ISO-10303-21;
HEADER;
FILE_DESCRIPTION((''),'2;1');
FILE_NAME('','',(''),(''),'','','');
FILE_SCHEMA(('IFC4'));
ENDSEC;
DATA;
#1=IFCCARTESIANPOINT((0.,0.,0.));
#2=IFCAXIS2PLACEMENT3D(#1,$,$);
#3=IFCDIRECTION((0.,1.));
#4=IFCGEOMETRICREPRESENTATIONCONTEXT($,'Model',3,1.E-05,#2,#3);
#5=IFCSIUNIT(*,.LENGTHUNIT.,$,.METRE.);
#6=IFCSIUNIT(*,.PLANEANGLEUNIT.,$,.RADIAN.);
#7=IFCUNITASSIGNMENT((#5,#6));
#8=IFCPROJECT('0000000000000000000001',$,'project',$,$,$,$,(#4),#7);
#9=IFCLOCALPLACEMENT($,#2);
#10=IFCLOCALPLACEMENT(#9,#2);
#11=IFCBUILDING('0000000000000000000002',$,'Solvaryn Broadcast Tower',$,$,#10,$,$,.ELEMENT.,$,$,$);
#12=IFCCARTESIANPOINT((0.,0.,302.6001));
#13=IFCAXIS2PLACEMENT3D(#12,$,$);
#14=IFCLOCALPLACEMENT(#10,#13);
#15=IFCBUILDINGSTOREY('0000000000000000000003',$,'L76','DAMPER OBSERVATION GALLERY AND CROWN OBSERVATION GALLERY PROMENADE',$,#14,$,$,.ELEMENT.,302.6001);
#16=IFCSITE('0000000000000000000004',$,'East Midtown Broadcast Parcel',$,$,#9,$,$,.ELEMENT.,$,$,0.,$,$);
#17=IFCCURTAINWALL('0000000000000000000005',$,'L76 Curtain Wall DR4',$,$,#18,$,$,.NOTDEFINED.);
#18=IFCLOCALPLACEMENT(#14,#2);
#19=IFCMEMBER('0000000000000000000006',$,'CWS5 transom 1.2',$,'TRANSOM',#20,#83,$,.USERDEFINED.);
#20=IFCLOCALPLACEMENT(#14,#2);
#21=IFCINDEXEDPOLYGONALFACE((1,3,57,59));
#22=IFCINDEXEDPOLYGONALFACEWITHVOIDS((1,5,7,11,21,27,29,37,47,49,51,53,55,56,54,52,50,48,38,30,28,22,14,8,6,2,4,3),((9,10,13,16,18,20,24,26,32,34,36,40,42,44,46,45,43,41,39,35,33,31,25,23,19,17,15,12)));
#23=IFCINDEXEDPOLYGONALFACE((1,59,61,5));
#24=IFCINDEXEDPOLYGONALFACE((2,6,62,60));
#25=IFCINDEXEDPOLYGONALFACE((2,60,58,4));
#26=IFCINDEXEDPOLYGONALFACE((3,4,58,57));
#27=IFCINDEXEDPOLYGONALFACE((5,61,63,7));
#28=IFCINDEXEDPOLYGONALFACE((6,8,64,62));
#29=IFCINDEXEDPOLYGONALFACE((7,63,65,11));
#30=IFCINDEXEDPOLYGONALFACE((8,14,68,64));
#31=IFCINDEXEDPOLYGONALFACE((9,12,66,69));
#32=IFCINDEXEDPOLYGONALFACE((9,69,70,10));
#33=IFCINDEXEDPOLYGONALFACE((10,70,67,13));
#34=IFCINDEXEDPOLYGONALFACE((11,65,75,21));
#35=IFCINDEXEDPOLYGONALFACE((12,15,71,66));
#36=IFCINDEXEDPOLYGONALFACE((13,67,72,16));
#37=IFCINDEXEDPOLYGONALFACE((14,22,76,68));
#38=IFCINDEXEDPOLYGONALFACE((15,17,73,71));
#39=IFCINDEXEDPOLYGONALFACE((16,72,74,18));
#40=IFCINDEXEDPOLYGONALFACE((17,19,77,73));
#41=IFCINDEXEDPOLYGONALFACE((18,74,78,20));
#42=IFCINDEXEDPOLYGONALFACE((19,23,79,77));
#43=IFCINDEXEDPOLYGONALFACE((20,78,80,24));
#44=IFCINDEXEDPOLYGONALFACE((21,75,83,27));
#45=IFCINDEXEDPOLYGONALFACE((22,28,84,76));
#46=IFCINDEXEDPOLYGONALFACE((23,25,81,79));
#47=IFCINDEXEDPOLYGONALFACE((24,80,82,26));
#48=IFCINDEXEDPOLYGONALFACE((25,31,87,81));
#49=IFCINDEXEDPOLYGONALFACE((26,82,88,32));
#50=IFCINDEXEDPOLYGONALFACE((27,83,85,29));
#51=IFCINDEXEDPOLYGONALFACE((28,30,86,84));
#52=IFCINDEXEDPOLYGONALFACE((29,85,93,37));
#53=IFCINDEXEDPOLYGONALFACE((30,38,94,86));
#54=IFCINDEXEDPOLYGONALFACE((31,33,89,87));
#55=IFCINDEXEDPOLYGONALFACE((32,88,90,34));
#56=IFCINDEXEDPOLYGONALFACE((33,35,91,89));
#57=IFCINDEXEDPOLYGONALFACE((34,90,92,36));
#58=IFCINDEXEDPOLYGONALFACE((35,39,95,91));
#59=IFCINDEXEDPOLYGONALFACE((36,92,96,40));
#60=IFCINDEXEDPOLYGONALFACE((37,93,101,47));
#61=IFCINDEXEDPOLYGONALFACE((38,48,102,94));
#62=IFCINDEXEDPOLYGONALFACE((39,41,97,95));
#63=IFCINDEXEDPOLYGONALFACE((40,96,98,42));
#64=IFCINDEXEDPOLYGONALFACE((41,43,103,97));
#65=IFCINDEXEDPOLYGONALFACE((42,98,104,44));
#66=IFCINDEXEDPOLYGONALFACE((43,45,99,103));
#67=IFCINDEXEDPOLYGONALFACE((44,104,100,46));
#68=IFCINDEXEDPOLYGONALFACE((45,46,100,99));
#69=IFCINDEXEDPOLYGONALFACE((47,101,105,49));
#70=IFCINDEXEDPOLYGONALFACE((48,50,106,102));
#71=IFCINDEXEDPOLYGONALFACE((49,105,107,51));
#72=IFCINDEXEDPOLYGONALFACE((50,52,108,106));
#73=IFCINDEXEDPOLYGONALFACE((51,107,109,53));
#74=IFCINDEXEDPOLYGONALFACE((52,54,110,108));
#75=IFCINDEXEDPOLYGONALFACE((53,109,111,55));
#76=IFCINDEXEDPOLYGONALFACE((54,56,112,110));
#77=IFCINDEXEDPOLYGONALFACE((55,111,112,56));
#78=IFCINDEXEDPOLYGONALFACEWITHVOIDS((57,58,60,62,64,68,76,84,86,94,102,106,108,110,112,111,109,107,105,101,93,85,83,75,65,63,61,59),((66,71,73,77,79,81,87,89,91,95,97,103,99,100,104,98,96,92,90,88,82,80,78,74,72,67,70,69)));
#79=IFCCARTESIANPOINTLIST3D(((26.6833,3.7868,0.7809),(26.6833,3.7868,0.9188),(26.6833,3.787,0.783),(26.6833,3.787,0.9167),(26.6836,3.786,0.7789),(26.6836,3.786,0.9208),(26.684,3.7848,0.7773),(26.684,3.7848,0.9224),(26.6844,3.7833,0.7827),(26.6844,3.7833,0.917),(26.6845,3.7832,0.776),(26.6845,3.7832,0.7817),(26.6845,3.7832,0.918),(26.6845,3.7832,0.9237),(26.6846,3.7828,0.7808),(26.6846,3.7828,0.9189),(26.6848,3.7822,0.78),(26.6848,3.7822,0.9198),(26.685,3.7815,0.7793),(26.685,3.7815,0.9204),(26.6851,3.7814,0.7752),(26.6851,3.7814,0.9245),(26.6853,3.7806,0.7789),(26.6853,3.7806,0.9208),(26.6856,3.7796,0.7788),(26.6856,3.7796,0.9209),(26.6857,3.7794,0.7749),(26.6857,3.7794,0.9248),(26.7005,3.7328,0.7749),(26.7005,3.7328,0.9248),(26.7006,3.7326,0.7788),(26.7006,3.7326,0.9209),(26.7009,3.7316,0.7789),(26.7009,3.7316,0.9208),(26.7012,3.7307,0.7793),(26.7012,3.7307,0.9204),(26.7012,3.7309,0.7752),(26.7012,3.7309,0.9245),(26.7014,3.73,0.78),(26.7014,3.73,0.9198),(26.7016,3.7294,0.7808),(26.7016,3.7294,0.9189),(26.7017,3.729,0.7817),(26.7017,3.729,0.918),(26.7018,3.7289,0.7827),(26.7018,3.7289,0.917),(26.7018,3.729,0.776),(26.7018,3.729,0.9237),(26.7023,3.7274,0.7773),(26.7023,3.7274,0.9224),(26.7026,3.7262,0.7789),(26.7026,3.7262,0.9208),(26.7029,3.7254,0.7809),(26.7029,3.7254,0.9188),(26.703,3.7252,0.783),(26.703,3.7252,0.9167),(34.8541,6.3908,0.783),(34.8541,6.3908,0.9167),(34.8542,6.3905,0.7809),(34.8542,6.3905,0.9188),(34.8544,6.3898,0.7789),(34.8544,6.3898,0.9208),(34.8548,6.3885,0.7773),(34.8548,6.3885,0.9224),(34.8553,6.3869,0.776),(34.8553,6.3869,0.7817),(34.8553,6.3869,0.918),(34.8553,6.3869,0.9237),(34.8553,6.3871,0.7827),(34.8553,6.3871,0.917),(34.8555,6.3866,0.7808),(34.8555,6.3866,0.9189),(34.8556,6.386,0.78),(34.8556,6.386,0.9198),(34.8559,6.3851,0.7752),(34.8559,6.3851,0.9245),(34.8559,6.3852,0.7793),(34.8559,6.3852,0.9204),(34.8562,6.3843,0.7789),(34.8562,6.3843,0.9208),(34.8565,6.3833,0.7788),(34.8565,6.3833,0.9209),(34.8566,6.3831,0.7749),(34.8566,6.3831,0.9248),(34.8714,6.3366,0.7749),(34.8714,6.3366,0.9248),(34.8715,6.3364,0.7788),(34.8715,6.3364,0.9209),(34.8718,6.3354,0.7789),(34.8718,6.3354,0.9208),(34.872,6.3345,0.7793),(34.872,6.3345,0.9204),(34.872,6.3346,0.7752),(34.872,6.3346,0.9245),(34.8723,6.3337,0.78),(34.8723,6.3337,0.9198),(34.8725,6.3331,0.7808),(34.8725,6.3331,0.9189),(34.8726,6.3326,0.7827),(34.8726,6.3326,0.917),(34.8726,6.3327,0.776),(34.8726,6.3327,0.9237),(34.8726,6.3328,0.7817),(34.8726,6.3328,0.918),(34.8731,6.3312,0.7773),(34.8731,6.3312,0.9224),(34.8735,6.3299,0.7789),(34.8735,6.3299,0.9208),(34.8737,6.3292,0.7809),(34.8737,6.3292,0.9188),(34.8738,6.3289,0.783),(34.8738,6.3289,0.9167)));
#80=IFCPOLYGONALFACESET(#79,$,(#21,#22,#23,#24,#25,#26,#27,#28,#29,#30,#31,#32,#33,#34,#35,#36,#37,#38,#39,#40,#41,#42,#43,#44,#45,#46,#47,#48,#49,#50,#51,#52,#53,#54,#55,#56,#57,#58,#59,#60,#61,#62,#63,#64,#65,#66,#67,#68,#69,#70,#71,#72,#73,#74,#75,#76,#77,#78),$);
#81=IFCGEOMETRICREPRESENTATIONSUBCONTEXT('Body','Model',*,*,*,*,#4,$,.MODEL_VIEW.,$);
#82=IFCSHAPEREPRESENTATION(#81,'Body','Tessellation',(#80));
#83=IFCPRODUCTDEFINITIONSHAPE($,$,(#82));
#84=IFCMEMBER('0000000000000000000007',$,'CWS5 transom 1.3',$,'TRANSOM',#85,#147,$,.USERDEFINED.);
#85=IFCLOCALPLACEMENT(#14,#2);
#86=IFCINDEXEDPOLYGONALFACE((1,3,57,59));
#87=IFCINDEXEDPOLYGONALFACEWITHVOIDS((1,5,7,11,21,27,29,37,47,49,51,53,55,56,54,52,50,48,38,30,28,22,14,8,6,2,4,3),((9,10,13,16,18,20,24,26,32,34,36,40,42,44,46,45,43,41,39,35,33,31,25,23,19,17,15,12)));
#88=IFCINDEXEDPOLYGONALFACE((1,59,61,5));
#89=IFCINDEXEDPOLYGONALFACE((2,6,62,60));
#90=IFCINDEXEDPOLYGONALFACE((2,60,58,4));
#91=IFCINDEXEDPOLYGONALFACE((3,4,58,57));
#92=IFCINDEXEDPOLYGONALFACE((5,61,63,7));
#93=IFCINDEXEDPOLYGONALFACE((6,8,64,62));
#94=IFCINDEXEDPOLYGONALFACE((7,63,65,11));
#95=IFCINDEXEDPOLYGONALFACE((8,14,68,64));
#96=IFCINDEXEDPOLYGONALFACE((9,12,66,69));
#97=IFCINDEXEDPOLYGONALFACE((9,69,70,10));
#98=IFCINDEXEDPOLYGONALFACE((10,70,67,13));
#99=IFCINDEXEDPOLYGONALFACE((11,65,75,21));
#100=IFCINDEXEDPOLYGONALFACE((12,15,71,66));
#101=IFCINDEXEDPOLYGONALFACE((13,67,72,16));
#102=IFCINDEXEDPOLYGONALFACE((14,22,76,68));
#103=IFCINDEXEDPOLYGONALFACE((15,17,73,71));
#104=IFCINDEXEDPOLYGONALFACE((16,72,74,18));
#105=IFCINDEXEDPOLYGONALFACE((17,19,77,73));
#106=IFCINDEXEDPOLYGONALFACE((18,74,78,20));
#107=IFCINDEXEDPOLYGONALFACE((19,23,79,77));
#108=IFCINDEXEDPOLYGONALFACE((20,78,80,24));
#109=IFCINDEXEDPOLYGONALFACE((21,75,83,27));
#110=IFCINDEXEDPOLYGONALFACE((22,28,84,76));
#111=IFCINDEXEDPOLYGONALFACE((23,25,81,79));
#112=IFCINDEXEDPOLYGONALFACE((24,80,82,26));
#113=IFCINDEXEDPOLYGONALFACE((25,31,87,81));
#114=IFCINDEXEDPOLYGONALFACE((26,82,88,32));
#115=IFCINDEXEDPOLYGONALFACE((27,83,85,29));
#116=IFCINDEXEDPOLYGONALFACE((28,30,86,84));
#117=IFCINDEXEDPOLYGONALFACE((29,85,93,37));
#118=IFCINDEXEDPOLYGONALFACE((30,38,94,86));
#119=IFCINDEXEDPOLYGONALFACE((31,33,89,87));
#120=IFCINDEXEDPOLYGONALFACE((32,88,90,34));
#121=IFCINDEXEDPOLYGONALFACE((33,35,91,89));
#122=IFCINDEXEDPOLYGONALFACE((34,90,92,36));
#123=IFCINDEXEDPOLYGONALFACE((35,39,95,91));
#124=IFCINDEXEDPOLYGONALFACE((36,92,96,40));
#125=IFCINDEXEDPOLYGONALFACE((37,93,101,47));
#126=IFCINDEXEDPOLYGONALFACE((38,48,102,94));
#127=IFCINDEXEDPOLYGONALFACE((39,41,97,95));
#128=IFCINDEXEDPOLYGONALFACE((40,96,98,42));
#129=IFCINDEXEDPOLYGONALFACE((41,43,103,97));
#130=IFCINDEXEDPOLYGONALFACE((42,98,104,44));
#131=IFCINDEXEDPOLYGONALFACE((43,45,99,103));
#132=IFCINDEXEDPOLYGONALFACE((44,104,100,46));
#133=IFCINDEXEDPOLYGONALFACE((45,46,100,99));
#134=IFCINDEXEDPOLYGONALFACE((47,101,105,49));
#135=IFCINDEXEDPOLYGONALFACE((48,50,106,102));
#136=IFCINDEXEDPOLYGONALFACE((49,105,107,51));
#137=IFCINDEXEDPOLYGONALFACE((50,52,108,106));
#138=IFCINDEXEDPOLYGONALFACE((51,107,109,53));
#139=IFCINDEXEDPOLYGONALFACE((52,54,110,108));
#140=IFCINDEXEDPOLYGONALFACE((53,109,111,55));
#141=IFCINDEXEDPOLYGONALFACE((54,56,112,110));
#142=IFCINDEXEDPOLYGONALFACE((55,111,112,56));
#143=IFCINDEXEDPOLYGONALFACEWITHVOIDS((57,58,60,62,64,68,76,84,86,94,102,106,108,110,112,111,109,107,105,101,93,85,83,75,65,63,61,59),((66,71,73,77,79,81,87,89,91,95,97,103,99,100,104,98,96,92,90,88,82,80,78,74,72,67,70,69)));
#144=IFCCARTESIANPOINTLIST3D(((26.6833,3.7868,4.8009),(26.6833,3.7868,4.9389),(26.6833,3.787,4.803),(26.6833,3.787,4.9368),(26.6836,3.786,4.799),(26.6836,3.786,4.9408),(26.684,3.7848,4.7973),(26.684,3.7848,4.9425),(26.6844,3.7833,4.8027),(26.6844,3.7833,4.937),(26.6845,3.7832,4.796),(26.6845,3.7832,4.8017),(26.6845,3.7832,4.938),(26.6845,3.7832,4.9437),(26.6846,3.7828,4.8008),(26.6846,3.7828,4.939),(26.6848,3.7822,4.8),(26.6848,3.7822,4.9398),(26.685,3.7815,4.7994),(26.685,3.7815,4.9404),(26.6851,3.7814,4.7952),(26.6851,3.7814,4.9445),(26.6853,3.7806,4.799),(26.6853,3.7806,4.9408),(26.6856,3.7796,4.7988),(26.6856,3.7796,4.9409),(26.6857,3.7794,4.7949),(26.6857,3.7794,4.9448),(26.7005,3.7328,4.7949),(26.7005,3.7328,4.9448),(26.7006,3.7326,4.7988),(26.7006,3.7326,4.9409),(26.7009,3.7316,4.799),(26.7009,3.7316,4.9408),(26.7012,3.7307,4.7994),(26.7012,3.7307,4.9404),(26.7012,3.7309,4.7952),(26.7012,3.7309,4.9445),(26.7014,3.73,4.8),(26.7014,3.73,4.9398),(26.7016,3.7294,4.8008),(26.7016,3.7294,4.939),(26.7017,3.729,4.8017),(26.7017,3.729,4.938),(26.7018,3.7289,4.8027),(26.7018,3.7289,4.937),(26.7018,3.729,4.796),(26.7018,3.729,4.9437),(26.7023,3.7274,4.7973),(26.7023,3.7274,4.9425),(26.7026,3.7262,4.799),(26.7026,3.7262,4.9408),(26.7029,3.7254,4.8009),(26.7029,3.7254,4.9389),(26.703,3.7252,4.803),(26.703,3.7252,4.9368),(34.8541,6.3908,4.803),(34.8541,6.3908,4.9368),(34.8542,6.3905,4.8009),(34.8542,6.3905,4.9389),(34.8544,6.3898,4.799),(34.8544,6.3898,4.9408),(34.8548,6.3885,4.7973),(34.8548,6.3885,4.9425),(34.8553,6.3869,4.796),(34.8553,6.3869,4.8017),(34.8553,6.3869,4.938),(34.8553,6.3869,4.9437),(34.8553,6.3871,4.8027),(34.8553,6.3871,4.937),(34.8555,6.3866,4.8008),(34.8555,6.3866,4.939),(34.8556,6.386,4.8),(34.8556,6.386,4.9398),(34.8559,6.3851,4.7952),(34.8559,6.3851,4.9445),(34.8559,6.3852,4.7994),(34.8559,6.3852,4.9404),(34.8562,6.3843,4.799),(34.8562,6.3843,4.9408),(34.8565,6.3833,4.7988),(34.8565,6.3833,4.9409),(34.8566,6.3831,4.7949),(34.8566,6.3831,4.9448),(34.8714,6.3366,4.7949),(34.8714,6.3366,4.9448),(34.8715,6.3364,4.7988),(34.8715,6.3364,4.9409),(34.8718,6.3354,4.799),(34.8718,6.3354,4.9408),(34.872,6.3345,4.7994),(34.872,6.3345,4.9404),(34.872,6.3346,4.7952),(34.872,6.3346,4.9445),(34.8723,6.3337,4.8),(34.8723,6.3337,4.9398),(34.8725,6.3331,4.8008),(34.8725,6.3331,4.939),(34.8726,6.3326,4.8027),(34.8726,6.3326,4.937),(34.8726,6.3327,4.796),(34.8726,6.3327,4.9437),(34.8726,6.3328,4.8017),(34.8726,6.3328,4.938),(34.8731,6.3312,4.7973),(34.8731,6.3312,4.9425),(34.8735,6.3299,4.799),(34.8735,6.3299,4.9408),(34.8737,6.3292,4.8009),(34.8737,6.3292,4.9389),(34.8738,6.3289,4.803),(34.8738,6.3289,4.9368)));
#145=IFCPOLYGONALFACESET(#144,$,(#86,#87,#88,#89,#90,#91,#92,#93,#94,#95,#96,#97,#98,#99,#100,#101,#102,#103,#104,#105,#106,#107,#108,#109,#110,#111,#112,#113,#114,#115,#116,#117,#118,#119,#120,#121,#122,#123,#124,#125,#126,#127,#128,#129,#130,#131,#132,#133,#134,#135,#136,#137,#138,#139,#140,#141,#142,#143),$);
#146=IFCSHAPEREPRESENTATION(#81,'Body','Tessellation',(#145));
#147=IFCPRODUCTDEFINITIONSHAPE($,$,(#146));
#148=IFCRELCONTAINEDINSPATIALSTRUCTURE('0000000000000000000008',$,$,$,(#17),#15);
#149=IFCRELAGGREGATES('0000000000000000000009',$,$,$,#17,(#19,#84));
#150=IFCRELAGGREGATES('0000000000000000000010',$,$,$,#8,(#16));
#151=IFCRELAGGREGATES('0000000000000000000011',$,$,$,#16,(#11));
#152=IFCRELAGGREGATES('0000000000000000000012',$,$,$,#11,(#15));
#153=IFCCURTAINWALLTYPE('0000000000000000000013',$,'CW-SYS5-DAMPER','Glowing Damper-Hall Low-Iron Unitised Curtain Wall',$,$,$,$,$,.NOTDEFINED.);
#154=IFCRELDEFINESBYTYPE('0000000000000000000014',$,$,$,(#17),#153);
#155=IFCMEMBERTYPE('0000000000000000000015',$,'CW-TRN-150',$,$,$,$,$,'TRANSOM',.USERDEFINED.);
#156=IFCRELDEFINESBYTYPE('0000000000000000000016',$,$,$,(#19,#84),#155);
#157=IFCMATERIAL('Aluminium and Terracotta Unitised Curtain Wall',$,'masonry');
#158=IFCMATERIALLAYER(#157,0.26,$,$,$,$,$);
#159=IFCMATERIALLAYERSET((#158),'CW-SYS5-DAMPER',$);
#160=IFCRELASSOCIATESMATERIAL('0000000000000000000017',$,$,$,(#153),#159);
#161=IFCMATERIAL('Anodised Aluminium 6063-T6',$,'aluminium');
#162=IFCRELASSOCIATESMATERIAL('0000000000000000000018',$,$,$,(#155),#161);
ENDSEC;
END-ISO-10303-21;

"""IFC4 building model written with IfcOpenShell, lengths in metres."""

from ifc_helpers import new_model, si_unit, direction, frame, origin, origin_2d, place, context, subcontext, project, spatial, hollow_rectangle, extrude, material, layer, layer_set, material_profile, profile_set, type_object, element, aggregate, save


model = new_model("IFC4")

# Units and contexts
model_context = context("Model", 3, precision=1e-05, world=origin(), true_north=direction((0.0, 1.0)))
body_context = subcontext(model_context, "Body", "Model", "MODEL_VIEW")
ifc_project = project(units=[si_unit("LENGTHUNIT", "METRE"), si_unit("PLANEANGLEUNIT", "RADIAN")], contexts=[model_context])

# Site, building, storey
site_placement = place(None, origin())
site = spatial("IfcSite", under=ifc_project, at=site_placement, Name="East Midtown Broadcast Parcel", CompositionType="ELEMENT", RefElevation=0.0)
building_placement = place(site_placement, origin())
building = spatial("IfcBuilding", under=site, at=building_placement, Name="Solvaryn Broadcast Tower", CompositionType="ELEMENT")
storey_placement = place(building_placement, frame((0.0, 0.0, 302.6001)))
storey = spatial("IfcBuildingStorey", under=building, at=storey_placement, Name="L76", Description="DAMPER OBSERVATION GALLERY AND CROWN OBSERVATION GALLERY PROMENADE", CompositionType="ELEMENT", Elevation=302.6001)

# Shared definitions
ifc_material_1 = material(Name="Aluminium and Terracotta Unitised Curtain Wall", Category="masonry")
ifc_layer_1 = layer(ifc_material_1, 0.26)
ifc_layer_set_1 = layer_set([ifc_layer_1], Name="CW-SYS5-DAMPER")
curtain_wall_type = type_object("IfcCurtainWallType", Name="CW-SYS5-DAMPER", Description="Glowing Damper-Hall Low-Iron Unitised Curtain Wall", PredefinedType="NOTDEFINED", material=ifc_layer_set_1)

# Curtain wall, members
curtain_wall_1_placement = place(storey_placement, origin())
curtain_wall_1 = element("IfcCurtainWall", 1, at=curtain_wall_1_placement, inside=storey, type_object=curtain_wall_type, Name="L76 Curtain Wall DR4", PredefinedType="NOTDEFINED")
ifc_material_2 = material(Name="Anodised Aluminium 6063-T6", Category="aluminium")
ifc_material_profile_1 = material_profile(ifc_material_2, hollow_rectangle(XDim=0.0649, YDim=0.1499, WallThickness=0.0039, InnerFilletRadius=0.0039, OuterFilletRadius=0.0081, at=origin_2d()))
ifc_profile_set_1 = profile_set([ifc_material_profile_1], Name="Anodised Aluminium 6063-T6")
member_type_1 = type_object("IfcMemberType", Name="CW-TRN-150", ElementType="TRANSOM", PredefinedType="USERDEFINED", material=ifc_profile_set_1)
member_1_placement = place(storey_placement, frame((26.6931, 3.7561, 0.8499), z_axis=(0.952793, 0.30362, 0.0), x_axis=(-0.30362, 0.952793, 0.0)))
member_1 = element("IfcMember", 2, at=member_1_placement, type_object=member_type_1, Name="CWS5 transom 1.2", ObjectType="TRANSOM", PredefinedType="USERDEFINED", context=body_context, shape_type="SweptSolid", body=[
    extrude(hollow_rectangle(XDim=0.0649, YDim=0.1499, WallThickness=0.0039, InnerFilletRadius=0.0039, OuterFilletRadius=0.0081, at=origin_2d()), origin(), (0.0, 0.0, 1.0), 8.5757),
])
member_2_placement = place(storey_placement, frame((26.6931, 3.7561, 4.8699), z_axis=(0.952793, 0.30362, 0.0), x_axis=(-0.30362, 0.952793, 0.0)))
member_2 = element("IfcMember", 3, at=member_2_placement, type_object=member_type_1, Name="CWS5 transom 1.3", ObjectType="TRANSOM", PredefinedType="USERDEFINED", context=body_context, shape_type="SweptSolid", body=[
    extrude(hollow_rectangle(XDim=0.0649, YDim=0.1499, WallThickness=0.0039, InnerFilletRadius=0.0039, OuterFilletRadius=0.0081, at=origin_2d()), origin(), (0.0, 0.0, 1.0), 8.5757),
])

aggregate(curtain_wall_1, [member_1, member_2])

save(model, "model.ifc")
